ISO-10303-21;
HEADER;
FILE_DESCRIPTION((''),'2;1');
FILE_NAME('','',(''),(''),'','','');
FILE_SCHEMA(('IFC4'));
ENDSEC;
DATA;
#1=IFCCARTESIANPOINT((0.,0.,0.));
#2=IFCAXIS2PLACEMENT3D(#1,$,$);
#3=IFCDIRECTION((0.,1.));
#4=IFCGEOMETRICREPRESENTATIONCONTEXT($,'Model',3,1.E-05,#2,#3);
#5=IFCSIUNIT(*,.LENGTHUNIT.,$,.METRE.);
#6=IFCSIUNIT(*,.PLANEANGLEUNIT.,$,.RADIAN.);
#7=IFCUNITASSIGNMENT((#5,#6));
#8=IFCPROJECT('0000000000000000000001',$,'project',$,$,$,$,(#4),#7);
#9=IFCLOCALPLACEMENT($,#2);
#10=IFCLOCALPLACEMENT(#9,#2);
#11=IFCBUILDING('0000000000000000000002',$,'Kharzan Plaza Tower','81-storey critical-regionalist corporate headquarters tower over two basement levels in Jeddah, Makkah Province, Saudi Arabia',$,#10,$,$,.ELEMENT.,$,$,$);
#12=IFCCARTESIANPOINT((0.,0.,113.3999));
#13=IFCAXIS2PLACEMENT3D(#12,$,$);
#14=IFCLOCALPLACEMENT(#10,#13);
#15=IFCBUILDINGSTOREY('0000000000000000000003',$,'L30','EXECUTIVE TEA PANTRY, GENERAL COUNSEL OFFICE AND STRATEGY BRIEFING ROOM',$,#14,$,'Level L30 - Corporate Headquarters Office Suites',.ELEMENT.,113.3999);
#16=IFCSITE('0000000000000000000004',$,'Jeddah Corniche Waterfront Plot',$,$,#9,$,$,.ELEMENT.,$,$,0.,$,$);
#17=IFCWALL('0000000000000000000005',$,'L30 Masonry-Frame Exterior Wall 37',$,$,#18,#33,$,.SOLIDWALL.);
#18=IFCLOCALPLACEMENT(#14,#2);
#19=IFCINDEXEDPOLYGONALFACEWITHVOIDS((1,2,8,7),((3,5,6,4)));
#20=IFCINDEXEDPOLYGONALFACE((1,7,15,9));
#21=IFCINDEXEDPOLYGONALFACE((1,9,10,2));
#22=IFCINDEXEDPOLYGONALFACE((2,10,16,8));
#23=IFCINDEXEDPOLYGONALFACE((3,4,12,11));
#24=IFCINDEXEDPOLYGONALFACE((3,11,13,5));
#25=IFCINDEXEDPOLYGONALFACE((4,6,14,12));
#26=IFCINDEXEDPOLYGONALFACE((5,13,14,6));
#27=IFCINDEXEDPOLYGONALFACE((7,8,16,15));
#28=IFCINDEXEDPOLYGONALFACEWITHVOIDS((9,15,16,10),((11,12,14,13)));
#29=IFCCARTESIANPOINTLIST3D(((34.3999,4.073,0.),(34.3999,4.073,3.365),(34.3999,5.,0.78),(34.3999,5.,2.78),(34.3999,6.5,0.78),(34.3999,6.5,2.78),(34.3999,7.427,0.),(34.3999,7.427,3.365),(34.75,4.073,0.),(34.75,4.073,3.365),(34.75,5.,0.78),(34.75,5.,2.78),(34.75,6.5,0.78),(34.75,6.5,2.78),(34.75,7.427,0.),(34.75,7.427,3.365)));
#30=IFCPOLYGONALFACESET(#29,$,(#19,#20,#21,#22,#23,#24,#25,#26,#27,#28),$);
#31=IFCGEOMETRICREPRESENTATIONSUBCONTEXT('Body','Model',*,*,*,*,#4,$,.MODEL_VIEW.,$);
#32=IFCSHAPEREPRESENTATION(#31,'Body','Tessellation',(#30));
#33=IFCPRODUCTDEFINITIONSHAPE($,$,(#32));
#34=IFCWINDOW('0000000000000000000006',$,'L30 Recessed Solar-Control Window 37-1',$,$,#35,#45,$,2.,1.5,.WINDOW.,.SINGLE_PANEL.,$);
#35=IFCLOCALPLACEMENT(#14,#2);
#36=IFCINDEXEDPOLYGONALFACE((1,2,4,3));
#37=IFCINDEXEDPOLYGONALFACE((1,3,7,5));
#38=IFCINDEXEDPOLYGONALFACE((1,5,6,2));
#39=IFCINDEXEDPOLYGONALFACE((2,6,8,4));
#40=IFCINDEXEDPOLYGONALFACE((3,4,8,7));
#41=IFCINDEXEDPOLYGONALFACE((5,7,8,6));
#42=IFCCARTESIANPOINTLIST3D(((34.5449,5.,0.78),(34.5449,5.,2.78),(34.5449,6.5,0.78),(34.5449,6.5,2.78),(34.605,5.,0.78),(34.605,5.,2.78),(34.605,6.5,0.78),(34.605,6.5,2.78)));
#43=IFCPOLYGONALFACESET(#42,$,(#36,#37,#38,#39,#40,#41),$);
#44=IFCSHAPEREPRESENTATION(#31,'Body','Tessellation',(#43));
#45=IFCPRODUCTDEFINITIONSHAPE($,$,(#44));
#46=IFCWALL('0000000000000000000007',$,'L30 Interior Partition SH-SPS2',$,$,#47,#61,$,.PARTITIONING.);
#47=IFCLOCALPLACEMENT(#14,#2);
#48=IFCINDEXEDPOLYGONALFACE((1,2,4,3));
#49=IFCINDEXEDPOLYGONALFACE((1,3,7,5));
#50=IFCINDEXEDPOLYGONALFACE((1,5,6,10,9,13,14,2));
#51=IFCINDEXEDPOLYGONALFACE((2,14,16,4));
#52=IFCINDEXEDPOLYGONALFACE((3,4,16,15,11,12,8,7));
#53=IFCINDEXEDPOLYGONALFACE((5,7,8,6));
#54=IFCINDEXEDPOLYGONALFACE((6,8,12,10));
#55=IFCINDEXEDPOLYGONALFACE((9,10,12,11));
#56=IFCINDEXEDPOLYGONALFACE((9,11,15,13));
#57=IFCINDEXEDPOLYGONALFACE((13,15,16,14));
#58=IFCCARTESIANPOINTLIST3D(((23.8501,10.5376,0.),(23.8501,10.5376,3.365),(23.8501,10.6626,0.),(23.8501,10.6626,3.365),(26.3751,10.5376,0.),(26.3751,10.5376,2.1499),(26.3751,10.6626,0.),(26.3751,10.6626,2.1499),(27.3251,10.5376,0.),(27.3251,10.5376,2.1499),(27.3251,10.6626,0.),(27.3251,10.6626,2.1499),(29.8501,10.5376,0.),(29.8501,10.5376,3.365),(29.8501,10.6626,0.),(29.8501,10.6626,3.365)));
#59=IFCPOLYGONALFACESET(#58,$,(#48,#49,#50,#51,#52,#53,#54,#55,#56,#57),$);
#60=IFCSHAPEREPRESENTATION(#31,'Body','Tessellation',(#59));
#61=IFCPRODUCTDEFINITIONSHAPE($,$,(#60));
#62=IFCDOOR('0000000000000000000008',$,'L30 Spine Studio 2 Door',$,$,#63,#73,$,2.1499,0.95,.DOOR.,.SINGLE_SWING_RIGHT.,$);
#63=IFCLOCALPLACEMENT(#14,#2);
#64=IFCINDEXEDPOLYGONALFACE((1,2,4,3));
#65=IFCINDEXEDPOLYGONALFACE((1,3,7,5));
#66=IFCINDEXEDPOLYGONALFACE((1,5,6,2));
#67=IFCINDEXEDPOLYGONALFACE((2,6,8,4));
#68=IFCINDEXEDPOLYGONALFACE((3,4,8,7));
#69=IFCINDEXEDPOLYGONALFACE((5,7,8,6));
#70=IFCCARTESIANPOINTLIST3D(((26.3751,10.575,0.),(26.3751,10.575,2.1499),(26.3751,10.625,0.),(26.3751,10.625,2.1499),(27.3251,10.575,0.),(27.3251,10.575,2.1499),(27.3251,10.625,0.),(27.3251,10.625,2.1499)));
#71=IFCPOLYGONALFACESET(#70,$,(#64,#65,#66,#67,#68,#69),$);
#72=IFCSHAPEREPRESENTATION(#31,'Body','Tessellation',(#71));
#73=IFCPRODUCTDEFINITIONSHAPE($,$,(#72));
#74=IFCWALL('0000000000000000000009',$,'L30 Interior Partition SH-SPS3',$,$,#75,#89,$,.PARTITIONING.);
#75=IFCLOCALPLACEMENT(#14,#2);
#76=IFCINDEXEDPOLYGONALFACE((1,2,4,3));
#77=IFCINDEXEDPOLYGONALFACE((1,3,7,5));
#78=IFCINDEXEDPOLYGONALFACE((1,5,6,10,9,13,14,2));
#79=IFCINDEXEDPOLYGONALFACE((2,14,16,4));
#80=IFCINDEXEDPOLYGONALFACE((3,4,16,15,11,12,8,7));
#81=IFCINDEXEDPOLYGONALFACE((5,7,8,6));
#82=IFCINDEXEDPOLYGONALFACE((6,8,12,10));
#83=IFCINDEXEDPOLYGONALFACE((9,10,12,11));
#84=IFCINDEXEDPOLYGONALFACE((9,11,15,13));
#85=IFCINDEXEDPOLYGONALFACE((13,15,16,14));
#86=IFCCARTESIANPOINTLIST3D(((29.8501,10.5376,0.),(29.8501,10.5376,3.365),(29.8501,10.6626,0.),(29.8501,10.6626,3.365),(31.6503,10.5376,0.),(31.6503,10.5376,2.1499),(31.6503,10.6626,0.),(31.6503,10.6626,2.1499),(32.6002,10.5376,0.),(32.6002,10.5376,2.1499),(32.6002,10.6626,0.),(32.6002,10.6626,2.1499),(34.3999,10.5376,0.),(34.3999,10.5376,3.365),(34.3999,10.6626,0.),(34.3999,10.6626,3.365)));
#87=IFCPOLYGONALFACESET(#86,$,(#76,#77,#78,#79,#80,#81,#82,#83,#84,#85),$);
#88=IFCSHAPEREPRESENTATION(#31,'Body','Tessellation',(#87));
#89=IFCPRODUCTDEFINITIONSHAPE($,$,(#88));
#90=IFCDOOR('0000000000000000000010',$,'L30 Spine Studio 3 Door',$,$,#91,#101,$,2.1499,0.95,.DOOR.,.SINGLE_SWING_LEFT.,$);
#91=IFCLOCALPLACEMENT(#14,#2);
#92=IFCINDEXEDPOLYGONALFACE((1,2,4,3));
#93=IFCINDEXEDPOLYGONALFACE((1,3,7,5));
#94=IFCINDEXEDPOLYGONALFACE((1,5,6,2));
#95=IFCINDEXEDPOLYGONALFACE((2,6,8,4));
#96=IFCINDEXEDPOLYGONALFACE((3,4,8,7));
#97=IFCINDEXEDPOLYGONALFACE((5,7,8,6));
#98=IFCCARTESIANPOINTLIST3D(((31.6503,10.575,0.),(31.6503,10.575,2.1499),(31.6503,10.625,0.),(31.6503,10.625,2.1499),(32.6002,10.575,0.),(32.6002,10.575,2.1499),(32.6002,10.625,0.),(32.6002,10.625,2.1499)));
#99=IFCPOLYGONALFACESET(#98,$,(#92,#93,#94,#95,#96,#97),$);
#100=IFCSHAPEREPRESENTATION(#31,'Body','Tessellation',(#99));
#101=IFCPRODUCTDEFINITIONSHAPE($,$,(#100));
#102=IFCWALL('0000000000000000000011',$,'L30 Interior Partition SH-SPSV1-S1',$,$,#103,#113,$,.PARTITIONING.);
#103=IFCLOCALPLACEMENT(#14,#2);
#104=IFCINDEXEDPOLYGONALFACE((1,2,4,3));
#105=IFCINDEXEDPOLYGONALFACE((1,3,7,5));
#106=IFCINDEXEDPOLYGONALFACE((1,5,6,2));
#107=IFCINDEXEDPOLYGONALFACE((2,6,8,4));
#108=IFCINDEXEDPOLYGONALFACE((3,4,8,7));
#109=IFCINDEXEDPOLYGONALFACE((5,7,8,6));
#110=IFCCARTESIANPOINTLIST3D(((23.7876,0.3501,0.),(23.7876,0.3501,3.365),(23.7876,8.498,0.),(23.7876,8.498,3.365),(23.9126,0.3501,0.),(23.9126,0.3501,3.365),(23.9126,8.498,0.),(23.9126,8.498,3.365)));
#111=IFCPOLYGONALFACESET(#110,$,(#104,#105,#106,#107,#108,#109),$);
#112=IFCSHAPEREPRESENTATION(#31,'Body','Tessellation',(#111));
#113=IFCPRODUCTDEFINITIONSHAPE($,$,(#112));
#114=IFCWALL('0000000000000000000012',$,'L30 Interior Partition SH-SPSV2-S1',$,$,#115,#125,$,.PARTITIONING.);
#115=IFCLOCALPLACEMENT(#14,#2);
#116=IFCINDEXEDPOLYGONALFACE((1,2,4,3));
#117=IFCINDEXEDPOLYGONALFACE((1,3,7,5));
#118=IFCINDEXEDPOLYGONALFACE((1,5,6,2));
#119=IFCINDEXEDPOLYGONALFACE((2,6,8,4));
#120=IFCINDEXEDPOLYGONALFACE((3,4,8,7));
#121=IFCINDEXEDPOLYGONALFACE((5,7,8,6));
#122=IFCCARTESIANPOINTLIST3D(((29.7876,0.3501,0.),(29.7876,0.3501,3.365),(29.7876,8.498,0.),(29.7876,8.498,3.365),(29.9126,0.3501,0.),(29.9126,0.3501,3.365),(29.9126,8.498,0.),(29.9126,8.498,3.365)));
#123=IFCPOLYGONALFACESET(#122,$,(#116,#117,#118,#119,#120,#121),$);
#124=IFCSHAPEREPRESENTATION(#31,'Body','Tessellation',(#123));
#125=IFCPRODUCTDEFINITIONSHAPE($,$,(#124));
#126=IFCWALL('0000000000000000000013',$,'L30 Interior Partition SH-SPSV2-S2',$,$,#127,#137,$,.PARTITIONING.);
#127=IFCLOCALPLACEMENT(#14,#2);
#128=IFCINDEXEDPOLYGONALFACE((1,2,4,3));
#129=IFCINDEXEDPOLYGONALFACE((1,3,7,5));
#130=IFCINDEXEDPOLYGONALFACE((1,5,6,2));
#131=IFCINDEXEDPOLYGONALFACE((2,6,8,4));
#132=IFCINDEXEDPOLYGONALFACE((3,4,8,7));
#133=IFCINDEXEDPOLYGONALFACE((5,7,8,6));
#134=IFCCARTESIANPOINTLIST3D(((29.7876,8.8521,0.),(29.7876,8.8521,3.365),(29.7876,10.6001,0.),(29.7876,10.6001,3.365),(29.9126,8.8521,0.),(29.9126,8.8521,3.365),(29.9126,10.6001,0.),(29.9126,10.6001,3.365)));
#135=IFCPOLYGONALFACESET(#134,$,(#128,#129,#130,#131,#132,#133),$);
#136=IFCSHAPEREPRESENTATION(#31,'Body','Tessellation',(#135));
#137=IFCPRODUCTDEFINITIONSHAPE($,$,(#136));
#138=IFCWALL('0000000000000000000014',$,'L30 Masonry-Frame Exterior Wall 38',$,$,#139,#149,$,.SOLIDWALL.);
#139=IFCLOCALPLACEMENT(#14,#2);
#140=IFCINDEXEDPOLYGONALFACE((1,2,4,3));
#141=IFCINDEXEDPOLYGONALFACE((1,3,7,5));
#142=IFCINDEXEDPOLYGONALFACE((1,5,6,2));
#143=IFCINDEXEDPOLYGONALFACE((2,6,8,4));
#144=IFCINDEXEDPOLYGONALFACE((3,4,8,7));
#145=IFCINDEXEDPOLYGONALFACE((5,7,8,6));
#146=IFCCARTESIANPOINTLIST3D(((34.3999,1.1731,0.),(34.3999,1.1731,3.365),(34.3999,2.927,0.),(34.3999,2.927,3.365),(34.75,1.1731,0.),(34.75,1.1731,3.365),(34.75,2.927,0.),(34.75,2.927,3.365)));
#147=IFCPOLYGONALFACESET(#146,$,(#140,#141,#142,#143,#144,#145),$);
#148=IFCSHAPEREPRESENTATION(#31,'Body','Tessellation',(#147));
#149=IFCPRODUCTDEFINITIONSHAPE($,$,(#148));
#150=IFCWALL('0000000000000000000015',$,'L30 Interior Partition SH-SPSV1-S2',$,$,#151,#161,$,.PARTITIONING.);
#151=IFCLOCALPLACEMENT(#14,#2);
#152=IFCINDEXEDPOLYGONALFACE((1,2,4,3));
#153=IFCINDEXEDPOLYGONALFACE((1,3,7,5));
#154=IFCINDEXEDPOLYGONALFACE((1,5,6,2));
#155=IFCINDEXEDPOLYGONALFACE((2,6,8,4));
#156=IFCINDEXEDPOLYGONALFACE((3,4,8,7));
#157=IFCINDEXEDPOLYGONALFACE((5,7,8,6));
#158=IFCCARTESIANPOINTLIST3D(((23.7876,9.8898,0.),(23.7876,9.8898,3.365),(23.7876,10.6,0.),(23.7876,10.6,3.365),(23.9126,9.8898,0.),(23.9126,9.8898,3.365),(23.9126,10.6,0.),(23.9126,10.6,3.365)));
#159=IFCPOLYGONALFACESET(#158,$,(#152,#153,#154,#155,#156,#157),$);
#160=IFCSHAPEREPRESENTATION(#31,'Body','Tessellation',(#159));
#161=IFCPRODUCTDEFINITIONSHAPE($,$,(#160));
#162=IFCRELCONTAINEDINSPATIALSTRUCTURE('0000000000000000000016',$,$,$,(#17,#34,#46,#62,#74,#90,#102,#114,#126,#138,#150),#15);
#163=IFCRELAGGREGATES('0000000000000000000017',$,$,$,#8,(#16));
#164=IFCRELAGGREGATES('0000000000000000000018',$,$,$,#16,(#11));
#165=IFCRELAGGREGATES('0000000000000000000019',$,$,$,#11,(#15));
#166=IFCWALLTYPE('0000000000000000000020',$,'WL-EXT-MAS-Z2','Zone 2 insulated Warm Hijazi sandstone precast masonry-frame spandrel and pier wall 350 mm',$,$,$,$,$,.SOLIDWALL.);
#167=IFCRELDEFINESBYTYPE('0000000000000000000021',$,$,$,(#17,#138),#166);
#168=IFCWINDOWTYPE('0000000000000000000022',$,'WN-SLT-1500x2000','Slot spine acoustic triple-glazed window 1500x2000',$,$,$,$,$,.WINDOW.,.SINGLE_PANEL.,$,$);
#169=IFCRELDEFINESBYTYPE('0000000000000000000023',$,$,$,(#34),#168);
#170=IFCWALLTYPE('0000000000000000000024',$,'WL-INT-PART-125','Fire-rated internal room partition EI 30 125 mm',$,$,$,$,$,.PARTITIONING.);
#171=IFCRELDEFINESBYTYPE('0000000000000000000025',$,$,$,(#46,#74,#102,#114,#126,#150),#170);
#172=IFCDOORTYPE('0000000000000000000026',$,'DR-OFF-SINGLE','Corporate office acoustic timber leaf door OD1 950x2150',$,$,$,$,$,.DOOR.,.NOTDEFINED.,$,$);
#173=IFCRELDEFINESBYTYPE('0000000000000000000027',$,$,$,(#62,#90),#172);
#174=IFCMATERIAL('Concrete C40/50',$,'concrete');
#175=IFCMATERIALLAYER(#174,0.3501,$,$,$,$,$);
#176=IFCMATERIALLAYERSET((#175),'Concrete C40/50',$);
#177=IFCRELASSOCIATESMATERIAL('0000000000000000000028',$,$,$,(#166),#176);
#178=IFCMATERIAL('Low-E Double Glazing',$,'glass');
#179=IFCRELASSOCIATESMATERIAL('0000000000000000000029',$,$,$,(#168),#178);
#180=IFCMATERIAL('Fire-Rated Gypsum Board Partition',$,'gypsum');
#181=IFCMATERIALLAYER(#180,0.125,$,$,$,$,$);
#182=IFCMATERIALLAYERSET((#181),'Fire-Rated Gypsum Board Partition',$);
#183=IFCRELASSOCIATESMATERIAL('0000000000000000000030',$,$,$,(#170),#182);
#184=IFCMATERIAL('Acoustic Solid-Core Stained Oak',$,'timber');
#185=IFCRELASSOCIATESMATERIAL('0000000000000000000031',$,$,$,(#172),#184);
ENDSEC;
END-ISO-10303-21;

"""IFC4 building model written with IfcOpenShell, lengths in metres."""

from ifc_helpers import new_model, si_unit, direction, frame, frame_2d, origin, place, context, subcontext, project, spatial, rectangle, extrude, source, transform, mapped, material, layer, layer_set, type_object, element, fill, save


model = new_model("IFC4")

# Units and contexts
model_context = context("Model", 3, precision=1e-05, world=origin(), true_north=direction((0.0, 1.0)))
body_context = subcontext(model_context, "Body", "Model", "MODEL_VIEW")
ifc_project = project(units=[si_unit("LENGTHUNIT", "METRE"), si_unit("PLANEANGLEUNIT", "RADIAN")], contexts=[model_context])

# Site, building, storey
site_placement = place(None, origin())
site = spatial("IfcSite", under=ifc_project, at=site_placement, Name="Jeddah Corniche Waterfront Plot", CompositionType="ELEMENT", RefElevation=0.0)
building_placement = place(site_placement, origin())
building = spatial("IfcBuilding", under=site, at=building_placement, Name="Kharzan Plaza Tower", Description="81-storey critical-regionalist corporate headquarters tower over two basement levels in Jeddah, Makkah Province, Saudi Arabia", CompositionType="ELEMENT")
storey_placement = place(building_placement, frame((0.0, 0.0, 113.3999)))
storey = spatial("IfcBuildingStorey", under=building, at=storey_placement, Name="L30", Description="EXECUTIVE TEA PANTRY, GENERAL COUNSEL OFFICE AND STRATEGY BRIEFING ROOM", LongName="Level L30 - Corporate Headquarters Office Suites", CompositionType="ELEMENT", Elevation=113.3999)

# Shared definitions
ifc_material_1 = material(Name="Concrete C40/50", Category="concrete")
ifc_layer_1 = layer(ifc_material_1, 0.3501)
ifc_layer_set_1 = layer_set([ifc_layer_1], Name="Concrete C40/50")
wall_type_1 = type_object("IfcWallType", Name="WL-EXT-MAS-Z2", Description="Zone 2 insulated Warm Hijazi sandstone precast masonry-frame spandrel and pier wall 350 mm", PredefinedType="SOLIDWALL", material=ifc_layer_set_1)
ifc_material_2 = material(Name="Low-E Double Glazing", Category="glass")
window_type = type_object("IfcWindowType", Name="WN-SLT-1500x2000", Description="Slot spine acoustic triple-glazed window 1500x2000", PartitioningType="SINGLE_PANEL", PredefinedType="WINDOW", material=ifc_material_2)
shared_shape_1 = source(origin(), body_context, "Body", "SweptSolid", [
    extrude(rectangle(XDim=1.5, YDim=2.0, at=frame_2d((0.75, 1.0))), frame((0.0, 0.03, 0.0), z_axis=(0.0, -1.0, 0.0), x_axis=(1.0, 0.0, 0.0)), (0.0, 0.0, 1.0), 0.0601),
])

# Wall, opening, window
wall_1_placement = place(storey_placement, frame((34.575, 7.427, 0.0), z_axis=(0.0, 0.0, 1.0), x_axis=(0.0, -1.0, 0.0)))
wall_1 = element("IfcWall", 1, at=wall_1_placement, inside=storey, type_object=wall_type_1, Name="L30 Masonry-Frame Exterior Wall 37", PredefinedType="SOLIDWALL", context=body_context, shape_type="SweptSolid", body=[
    extrude(rectangle(XDim=3.354, YDim=0.3501, at=frame_2d((1.677, 0.0))), origin(), (0.0, 0.0, 1.0), 3.365),
])
opening_1_placement = place(wall_1_placement, frame((0.927, 0.0, 0.78)))
opening_1 = element("IfcOpeningElement", 2, at=opening_1_placement, cuts=wall_1, PredefinedType="OPENING", context=body_context, shape_type="SweptSolid", body=[
    extrude(rectangle(XDim=1.5, YDim=2.0, at=frame_2d((0.75, 1.0))), frame((0.0, 0.1851, 0.0), z_axis=(0.0, -1.0, 0.0), x_axis=(1.0, 0.0, 0.0)), (0.0, 0.0, 1.0), 0.3701),
])
window_1_placement = place(opening_1_placement, origin())
window_1 = element("IfcWindow", 3, at=window_1_placement, inside=storey, type_object=window_type, Name="L30 Recessed Solar-Control Window 37-1", OverallHeight=2.0, OverallWidth=1.5, PartitioningType="SINGLE_PANEL", PredefinedType="WINDOW", context=body_context, shape_type="MappedRepresentation", body=[
    mapped(shared_shape_1, transform((0.0, 0.0, 0.0), x_axis=(1.0, 0.0, 0.0), y_axis=(0.0, 1.0, 0.0), z_axis=(0.0, 0.0, 1.0))),
])
fill(opening_1, window_1)

# Walls, openings, doors
ifc_material_3 = material(Name="Fire-Rated Gypsum Board Partition", Category="gypsum")
ifc_layer_2 = layer(ifc_material_3, 0.125)
ifc_layer_set_2 = layer_set([ifc_layer_2], Name="Fire-Rated Gypsum Board Partition")
wall_type_2 = type_object("IfcWallType", Name="WL-INT-PART-125", Description="Fire-rated internal room partition EI 30 125 mm", PredefinedType="PARTITIONING", material=ifc_layer_set_2)
wall_2_placement = place(storey_placement, frame((23.8501, 10.6001, 0.0), z_axis=(0.0, 0.0, 1.0), x_axis=(1.0, 0.0, 0.0)))
wall_2 = element("IfcWall", 4, at=wall_2_placement, inside=storey, type_object=wall_type_2, Name="L30 Interior Partition SH-SPS2", PredefinedType="PARTITIONING", context=body_context, shape_type="SweptSolid", body=[
    extrude(rectangle(XDim=6.0, YDim=0.125, at=frame_2d((3.0, 0.0))), origin(), (0.0, 0.0, 1.0), 3.365),
])
opening_2_placement = place(wall_2_placement, frame((2.5249, 0.0, 0.0)))
opening_2 = element("IfcOpeningElement", 5, at=opening_2_placement, cuts=wall_2, PredefinedType="OPENING", context=body_context, shape_type="SweptSolid", body=[
    extrude(rectangle(XDim=0.95, YDim=2.1499, at=frame_2d((0.4751, 1.075))), frame((0.0, 0.0725, 0.0), z_axis=(0.0, -1.0, 0.0), x_axis=(1.0, 0.0, 0.0)), (0.0, 0.0, 1.0), 0.145),
])
ifc_material_4 = material(Name="Acoustic Solid-Core Stained Oak", Category="timber")
door_type = type_object("IfcDoorType", Name="DR-OFF-SINGLE", Description="Corporate office acoustic timber leaf door OD1 950x2150", OperationType="NOTDEFINED", PredefinedType="DOOR", material=ifc_material_4)
shared_shape_2 = source(origin(), body_context, "Body", "SweptSolid", [
    extrude(rectangle(XDim=0.95, YDim=2.1499, at=frame_2d((0.4751, 1.075))), frame((0.0, 0.0249, 0.0), z_axis=(0.0, -1.0, 0.0), x_axis=(1.0, 0.0, 0.0)), (0.0, 0.0, 1.0), 0.05),
])
door_1_placement = place(opening_2_placement, origin())
door_1 = element("IfcDoor", 6, at=door_1_placement, inside=storey, type_object=door_type, Name="L30 Spine Studio 2 Door", OperationType="SINGLE_SWING_RIGHT", OverallHeight=2.1499, OverallWidth=0.95, PredefinedType="DOOR", context=body_context, shape_type="MappedRepresentation", body=[
    mapped(shared_shape_2, transform((0.0, 0.0, 0.0), x_axis=(1.0, 0.0, 0.0), y_axis=(0.0, 1.0, 0.0), z_axis=(0.0, 0.0, 1.0))),
])
fill(opening_2, door_1)
wall_3_placement = place(storey_placement, frame((29.8501, 10.6001, 0.0), z_axis=(0.0, 0.0, 1.0), x_axis=(1.0, 0.0, 0.0)))
wall_3 = element("IfcWall", 7, at=wall_3_placement, inside=storey, type_object=wall_type_2, Name="L30 Interior Partition SH-SPS3", PredefinedType="PARTITIONING", context=body_context, shape_type="SweptSolid", body=[
    extrude(rectangle(XDim=4.5498, YDim=0.125, at=frame_2d((2.2749, 0.0))), origin(), (0.0, 0.0, 1.0), 3.365),
])
opening_3_placement = place(wall_3_placement, frame((1.8, 0.0, 0.0)))
opening_3 = element("IfcOpeningElement", 8, at=opening_3_placement, cuts=wall_3, PredefinedType="OPENING", context=body_context, shape_type="SweptSolid", body=[
    extrude(rectangle(XDim=0.95, YDim=2.1499, at=frame_2d((0.4751, 1.075))), frame((0.0, 0.0725, 0.0), z_axis=(0.0, -1.0, 0.0), x_axis=(1.0, 0.0, 0.0)), (0.0, 0.0, 1.0), 0.145),
])
door_2_placement = place(opening_3_placement, origin())
door_2 = element("IfcDoor", 9, at=door_2_placement, inside=storey, type_object=door_type, Name="L30 Spine Studio 3 Door", OperationType="SINGLE_SWING_LEFT", OverallHeight=2.1499, OverallWidth=0.95, PredefinedType="DOOR", context=body_context, shape_type="MappedRepresentation", body=[
    mapped(shared_shape_2, transform((0.0, 0.0, 0.0), x_axis=(1.0, 0.0, 0.0), y_axis=(0.0, 1.0, 0.0), z_axis=(0.0, 0.0, 1.0))),
])
fill(opening_3, door_2)

# Walls
shared_shape_3 = source(origin(), body_context, "Body", "SweptSolid", [
    extrude(rectangle(XDim=8.1479, YDim=0.125, at=frame_2d((4.074, 0.0))), origin(), (0.0, 0.0, 1.0), 3.365),
])
for number, where, z_axis, x_axis, name in (
    (10, (23.8501, 0.3501, 0.0), (0.0, 0.0, 1.0), (0.0, 1.0, 0.0), "L30 Interior Partition SH-SPSV1-S1"),
    (11, (29.8501, 0.3501, 0.0), (0.0, 0.0, 1.0), (0.0, 1.0, 0.0), "L30 Interior Partition SH-SPSV2-S1"),
):
    element("IfcWall", number, at=place(storey_placement, frame(where, z_axis=z_axis, x_axis=x_axis)), inside=storey, type_object=wall_type_2, Name=name, PredefinedType="PARTITIONING", context=body_context, shape_type="MappedRepresentation", body=[
        mapped(shared_shape_3, transform((0.0, 0.0, 0.0), x_axis=(1.0, 0.0, 0.0), y_axis=(0.0, 1.0, 0.0), z_axis=(0.0, 0.0, 1.0))),
    ])
shared_shape_4 = source(origin(), body_context, "Body", "SweptSolid", [
    extrude(rectangle(XDim=1.748, YDim=0.125, at=frame_2d((0.874, 0.0))), origin(), (0.0, 0.0, 1.0), 3.365),
])
wall_4_placement = place(storey_placement, frame((29.8501, 8.8521, 0.0), z_axis=(0.0, 0.0, 1.0), x_axis=(0.0, 1.0, 0.0)))
element("IfcWall", 12, at=wall_4_placement, inside=storey, type_object=wall_type_2, Name="L30 Interior Partition SH-SPSV2-S2", PredefinedType="PARTITIONING", context=body_context, shape_type="MappedRepresentation", body=[
    mapped(shared_shape_4, transform((0.0, 0.0, 0.0), x_axis=(1.0, 0.0, 0.0), y_axis=(0.0, 1.0, 0.0), z_axis=(0.0, 0.0, 1.0))),
])
shared_shape_5 = source(origin(), body_context, "Body", "SweptSolid", [
    extrude(rectangle(XDim=1.7539, YDim=0.3501, at=frame_2d((0.877, 0.0))), origin(), (0.0, 0.0, 1.0), 3.365),
])
wall_5_placement = place(storey_placement, frame((34.575, 2.927, 0.0), z_axis=(0.0, 0.0, 1.0), x_axis=(0.0, -1.0, 0.0)))
element("IfcWall", 13, at=wall_5_placement, inside=storey, type_object=wall_type_1, Name="L30 Masonry-Frame Exterior Wall 38", PredefinedType="SOLIDWALL", context=body_context, shape_type="MappedRepresentation", body=[
    mapped(shared_shape_5, transform((0.0, 0.0, 0.0), x_axis=(1.0, 0.0, 0.0), y_axis=(0.0, 1.0, 0.0), z_axis=(0.0, 0.0, 1.0))),
])
shared_shape_6 = source(origin(), body_context, "Body", "SweptSolid", [
    extrude(rectangle(XDim=0.7102, YDim=0.125, at=frame_2d((0.355, 0.0))), origin(), (0.0, 0.0, 1.0), 3.365),
])
wall_6_placement = place(storey_placement, frame((23.8501, 9.8899, 0.0), z_axis=(0.0, 0.0, 1.0), x_axis=(0.0, 1.0, 0.0)))
element("IfcWall", 14, at=wall_6_placement, inside=storey, type_object=wall_type_2, Name="L30 Interior Partition SH-SPSV1-S2", PredefinedType="PARTITIONING", context=body_context, shape_type="MappedRepresentation", body=[
    mapped(shared_shape_6, transform((0.0, 0.0, 0.0), x_axis=(1.0, 0.0, 0.0), y_axis=(0.0, 1.0, 0.0), z_axis=(0.0, 0.0, 1.0))),
])

save(model, "model.ifc")
